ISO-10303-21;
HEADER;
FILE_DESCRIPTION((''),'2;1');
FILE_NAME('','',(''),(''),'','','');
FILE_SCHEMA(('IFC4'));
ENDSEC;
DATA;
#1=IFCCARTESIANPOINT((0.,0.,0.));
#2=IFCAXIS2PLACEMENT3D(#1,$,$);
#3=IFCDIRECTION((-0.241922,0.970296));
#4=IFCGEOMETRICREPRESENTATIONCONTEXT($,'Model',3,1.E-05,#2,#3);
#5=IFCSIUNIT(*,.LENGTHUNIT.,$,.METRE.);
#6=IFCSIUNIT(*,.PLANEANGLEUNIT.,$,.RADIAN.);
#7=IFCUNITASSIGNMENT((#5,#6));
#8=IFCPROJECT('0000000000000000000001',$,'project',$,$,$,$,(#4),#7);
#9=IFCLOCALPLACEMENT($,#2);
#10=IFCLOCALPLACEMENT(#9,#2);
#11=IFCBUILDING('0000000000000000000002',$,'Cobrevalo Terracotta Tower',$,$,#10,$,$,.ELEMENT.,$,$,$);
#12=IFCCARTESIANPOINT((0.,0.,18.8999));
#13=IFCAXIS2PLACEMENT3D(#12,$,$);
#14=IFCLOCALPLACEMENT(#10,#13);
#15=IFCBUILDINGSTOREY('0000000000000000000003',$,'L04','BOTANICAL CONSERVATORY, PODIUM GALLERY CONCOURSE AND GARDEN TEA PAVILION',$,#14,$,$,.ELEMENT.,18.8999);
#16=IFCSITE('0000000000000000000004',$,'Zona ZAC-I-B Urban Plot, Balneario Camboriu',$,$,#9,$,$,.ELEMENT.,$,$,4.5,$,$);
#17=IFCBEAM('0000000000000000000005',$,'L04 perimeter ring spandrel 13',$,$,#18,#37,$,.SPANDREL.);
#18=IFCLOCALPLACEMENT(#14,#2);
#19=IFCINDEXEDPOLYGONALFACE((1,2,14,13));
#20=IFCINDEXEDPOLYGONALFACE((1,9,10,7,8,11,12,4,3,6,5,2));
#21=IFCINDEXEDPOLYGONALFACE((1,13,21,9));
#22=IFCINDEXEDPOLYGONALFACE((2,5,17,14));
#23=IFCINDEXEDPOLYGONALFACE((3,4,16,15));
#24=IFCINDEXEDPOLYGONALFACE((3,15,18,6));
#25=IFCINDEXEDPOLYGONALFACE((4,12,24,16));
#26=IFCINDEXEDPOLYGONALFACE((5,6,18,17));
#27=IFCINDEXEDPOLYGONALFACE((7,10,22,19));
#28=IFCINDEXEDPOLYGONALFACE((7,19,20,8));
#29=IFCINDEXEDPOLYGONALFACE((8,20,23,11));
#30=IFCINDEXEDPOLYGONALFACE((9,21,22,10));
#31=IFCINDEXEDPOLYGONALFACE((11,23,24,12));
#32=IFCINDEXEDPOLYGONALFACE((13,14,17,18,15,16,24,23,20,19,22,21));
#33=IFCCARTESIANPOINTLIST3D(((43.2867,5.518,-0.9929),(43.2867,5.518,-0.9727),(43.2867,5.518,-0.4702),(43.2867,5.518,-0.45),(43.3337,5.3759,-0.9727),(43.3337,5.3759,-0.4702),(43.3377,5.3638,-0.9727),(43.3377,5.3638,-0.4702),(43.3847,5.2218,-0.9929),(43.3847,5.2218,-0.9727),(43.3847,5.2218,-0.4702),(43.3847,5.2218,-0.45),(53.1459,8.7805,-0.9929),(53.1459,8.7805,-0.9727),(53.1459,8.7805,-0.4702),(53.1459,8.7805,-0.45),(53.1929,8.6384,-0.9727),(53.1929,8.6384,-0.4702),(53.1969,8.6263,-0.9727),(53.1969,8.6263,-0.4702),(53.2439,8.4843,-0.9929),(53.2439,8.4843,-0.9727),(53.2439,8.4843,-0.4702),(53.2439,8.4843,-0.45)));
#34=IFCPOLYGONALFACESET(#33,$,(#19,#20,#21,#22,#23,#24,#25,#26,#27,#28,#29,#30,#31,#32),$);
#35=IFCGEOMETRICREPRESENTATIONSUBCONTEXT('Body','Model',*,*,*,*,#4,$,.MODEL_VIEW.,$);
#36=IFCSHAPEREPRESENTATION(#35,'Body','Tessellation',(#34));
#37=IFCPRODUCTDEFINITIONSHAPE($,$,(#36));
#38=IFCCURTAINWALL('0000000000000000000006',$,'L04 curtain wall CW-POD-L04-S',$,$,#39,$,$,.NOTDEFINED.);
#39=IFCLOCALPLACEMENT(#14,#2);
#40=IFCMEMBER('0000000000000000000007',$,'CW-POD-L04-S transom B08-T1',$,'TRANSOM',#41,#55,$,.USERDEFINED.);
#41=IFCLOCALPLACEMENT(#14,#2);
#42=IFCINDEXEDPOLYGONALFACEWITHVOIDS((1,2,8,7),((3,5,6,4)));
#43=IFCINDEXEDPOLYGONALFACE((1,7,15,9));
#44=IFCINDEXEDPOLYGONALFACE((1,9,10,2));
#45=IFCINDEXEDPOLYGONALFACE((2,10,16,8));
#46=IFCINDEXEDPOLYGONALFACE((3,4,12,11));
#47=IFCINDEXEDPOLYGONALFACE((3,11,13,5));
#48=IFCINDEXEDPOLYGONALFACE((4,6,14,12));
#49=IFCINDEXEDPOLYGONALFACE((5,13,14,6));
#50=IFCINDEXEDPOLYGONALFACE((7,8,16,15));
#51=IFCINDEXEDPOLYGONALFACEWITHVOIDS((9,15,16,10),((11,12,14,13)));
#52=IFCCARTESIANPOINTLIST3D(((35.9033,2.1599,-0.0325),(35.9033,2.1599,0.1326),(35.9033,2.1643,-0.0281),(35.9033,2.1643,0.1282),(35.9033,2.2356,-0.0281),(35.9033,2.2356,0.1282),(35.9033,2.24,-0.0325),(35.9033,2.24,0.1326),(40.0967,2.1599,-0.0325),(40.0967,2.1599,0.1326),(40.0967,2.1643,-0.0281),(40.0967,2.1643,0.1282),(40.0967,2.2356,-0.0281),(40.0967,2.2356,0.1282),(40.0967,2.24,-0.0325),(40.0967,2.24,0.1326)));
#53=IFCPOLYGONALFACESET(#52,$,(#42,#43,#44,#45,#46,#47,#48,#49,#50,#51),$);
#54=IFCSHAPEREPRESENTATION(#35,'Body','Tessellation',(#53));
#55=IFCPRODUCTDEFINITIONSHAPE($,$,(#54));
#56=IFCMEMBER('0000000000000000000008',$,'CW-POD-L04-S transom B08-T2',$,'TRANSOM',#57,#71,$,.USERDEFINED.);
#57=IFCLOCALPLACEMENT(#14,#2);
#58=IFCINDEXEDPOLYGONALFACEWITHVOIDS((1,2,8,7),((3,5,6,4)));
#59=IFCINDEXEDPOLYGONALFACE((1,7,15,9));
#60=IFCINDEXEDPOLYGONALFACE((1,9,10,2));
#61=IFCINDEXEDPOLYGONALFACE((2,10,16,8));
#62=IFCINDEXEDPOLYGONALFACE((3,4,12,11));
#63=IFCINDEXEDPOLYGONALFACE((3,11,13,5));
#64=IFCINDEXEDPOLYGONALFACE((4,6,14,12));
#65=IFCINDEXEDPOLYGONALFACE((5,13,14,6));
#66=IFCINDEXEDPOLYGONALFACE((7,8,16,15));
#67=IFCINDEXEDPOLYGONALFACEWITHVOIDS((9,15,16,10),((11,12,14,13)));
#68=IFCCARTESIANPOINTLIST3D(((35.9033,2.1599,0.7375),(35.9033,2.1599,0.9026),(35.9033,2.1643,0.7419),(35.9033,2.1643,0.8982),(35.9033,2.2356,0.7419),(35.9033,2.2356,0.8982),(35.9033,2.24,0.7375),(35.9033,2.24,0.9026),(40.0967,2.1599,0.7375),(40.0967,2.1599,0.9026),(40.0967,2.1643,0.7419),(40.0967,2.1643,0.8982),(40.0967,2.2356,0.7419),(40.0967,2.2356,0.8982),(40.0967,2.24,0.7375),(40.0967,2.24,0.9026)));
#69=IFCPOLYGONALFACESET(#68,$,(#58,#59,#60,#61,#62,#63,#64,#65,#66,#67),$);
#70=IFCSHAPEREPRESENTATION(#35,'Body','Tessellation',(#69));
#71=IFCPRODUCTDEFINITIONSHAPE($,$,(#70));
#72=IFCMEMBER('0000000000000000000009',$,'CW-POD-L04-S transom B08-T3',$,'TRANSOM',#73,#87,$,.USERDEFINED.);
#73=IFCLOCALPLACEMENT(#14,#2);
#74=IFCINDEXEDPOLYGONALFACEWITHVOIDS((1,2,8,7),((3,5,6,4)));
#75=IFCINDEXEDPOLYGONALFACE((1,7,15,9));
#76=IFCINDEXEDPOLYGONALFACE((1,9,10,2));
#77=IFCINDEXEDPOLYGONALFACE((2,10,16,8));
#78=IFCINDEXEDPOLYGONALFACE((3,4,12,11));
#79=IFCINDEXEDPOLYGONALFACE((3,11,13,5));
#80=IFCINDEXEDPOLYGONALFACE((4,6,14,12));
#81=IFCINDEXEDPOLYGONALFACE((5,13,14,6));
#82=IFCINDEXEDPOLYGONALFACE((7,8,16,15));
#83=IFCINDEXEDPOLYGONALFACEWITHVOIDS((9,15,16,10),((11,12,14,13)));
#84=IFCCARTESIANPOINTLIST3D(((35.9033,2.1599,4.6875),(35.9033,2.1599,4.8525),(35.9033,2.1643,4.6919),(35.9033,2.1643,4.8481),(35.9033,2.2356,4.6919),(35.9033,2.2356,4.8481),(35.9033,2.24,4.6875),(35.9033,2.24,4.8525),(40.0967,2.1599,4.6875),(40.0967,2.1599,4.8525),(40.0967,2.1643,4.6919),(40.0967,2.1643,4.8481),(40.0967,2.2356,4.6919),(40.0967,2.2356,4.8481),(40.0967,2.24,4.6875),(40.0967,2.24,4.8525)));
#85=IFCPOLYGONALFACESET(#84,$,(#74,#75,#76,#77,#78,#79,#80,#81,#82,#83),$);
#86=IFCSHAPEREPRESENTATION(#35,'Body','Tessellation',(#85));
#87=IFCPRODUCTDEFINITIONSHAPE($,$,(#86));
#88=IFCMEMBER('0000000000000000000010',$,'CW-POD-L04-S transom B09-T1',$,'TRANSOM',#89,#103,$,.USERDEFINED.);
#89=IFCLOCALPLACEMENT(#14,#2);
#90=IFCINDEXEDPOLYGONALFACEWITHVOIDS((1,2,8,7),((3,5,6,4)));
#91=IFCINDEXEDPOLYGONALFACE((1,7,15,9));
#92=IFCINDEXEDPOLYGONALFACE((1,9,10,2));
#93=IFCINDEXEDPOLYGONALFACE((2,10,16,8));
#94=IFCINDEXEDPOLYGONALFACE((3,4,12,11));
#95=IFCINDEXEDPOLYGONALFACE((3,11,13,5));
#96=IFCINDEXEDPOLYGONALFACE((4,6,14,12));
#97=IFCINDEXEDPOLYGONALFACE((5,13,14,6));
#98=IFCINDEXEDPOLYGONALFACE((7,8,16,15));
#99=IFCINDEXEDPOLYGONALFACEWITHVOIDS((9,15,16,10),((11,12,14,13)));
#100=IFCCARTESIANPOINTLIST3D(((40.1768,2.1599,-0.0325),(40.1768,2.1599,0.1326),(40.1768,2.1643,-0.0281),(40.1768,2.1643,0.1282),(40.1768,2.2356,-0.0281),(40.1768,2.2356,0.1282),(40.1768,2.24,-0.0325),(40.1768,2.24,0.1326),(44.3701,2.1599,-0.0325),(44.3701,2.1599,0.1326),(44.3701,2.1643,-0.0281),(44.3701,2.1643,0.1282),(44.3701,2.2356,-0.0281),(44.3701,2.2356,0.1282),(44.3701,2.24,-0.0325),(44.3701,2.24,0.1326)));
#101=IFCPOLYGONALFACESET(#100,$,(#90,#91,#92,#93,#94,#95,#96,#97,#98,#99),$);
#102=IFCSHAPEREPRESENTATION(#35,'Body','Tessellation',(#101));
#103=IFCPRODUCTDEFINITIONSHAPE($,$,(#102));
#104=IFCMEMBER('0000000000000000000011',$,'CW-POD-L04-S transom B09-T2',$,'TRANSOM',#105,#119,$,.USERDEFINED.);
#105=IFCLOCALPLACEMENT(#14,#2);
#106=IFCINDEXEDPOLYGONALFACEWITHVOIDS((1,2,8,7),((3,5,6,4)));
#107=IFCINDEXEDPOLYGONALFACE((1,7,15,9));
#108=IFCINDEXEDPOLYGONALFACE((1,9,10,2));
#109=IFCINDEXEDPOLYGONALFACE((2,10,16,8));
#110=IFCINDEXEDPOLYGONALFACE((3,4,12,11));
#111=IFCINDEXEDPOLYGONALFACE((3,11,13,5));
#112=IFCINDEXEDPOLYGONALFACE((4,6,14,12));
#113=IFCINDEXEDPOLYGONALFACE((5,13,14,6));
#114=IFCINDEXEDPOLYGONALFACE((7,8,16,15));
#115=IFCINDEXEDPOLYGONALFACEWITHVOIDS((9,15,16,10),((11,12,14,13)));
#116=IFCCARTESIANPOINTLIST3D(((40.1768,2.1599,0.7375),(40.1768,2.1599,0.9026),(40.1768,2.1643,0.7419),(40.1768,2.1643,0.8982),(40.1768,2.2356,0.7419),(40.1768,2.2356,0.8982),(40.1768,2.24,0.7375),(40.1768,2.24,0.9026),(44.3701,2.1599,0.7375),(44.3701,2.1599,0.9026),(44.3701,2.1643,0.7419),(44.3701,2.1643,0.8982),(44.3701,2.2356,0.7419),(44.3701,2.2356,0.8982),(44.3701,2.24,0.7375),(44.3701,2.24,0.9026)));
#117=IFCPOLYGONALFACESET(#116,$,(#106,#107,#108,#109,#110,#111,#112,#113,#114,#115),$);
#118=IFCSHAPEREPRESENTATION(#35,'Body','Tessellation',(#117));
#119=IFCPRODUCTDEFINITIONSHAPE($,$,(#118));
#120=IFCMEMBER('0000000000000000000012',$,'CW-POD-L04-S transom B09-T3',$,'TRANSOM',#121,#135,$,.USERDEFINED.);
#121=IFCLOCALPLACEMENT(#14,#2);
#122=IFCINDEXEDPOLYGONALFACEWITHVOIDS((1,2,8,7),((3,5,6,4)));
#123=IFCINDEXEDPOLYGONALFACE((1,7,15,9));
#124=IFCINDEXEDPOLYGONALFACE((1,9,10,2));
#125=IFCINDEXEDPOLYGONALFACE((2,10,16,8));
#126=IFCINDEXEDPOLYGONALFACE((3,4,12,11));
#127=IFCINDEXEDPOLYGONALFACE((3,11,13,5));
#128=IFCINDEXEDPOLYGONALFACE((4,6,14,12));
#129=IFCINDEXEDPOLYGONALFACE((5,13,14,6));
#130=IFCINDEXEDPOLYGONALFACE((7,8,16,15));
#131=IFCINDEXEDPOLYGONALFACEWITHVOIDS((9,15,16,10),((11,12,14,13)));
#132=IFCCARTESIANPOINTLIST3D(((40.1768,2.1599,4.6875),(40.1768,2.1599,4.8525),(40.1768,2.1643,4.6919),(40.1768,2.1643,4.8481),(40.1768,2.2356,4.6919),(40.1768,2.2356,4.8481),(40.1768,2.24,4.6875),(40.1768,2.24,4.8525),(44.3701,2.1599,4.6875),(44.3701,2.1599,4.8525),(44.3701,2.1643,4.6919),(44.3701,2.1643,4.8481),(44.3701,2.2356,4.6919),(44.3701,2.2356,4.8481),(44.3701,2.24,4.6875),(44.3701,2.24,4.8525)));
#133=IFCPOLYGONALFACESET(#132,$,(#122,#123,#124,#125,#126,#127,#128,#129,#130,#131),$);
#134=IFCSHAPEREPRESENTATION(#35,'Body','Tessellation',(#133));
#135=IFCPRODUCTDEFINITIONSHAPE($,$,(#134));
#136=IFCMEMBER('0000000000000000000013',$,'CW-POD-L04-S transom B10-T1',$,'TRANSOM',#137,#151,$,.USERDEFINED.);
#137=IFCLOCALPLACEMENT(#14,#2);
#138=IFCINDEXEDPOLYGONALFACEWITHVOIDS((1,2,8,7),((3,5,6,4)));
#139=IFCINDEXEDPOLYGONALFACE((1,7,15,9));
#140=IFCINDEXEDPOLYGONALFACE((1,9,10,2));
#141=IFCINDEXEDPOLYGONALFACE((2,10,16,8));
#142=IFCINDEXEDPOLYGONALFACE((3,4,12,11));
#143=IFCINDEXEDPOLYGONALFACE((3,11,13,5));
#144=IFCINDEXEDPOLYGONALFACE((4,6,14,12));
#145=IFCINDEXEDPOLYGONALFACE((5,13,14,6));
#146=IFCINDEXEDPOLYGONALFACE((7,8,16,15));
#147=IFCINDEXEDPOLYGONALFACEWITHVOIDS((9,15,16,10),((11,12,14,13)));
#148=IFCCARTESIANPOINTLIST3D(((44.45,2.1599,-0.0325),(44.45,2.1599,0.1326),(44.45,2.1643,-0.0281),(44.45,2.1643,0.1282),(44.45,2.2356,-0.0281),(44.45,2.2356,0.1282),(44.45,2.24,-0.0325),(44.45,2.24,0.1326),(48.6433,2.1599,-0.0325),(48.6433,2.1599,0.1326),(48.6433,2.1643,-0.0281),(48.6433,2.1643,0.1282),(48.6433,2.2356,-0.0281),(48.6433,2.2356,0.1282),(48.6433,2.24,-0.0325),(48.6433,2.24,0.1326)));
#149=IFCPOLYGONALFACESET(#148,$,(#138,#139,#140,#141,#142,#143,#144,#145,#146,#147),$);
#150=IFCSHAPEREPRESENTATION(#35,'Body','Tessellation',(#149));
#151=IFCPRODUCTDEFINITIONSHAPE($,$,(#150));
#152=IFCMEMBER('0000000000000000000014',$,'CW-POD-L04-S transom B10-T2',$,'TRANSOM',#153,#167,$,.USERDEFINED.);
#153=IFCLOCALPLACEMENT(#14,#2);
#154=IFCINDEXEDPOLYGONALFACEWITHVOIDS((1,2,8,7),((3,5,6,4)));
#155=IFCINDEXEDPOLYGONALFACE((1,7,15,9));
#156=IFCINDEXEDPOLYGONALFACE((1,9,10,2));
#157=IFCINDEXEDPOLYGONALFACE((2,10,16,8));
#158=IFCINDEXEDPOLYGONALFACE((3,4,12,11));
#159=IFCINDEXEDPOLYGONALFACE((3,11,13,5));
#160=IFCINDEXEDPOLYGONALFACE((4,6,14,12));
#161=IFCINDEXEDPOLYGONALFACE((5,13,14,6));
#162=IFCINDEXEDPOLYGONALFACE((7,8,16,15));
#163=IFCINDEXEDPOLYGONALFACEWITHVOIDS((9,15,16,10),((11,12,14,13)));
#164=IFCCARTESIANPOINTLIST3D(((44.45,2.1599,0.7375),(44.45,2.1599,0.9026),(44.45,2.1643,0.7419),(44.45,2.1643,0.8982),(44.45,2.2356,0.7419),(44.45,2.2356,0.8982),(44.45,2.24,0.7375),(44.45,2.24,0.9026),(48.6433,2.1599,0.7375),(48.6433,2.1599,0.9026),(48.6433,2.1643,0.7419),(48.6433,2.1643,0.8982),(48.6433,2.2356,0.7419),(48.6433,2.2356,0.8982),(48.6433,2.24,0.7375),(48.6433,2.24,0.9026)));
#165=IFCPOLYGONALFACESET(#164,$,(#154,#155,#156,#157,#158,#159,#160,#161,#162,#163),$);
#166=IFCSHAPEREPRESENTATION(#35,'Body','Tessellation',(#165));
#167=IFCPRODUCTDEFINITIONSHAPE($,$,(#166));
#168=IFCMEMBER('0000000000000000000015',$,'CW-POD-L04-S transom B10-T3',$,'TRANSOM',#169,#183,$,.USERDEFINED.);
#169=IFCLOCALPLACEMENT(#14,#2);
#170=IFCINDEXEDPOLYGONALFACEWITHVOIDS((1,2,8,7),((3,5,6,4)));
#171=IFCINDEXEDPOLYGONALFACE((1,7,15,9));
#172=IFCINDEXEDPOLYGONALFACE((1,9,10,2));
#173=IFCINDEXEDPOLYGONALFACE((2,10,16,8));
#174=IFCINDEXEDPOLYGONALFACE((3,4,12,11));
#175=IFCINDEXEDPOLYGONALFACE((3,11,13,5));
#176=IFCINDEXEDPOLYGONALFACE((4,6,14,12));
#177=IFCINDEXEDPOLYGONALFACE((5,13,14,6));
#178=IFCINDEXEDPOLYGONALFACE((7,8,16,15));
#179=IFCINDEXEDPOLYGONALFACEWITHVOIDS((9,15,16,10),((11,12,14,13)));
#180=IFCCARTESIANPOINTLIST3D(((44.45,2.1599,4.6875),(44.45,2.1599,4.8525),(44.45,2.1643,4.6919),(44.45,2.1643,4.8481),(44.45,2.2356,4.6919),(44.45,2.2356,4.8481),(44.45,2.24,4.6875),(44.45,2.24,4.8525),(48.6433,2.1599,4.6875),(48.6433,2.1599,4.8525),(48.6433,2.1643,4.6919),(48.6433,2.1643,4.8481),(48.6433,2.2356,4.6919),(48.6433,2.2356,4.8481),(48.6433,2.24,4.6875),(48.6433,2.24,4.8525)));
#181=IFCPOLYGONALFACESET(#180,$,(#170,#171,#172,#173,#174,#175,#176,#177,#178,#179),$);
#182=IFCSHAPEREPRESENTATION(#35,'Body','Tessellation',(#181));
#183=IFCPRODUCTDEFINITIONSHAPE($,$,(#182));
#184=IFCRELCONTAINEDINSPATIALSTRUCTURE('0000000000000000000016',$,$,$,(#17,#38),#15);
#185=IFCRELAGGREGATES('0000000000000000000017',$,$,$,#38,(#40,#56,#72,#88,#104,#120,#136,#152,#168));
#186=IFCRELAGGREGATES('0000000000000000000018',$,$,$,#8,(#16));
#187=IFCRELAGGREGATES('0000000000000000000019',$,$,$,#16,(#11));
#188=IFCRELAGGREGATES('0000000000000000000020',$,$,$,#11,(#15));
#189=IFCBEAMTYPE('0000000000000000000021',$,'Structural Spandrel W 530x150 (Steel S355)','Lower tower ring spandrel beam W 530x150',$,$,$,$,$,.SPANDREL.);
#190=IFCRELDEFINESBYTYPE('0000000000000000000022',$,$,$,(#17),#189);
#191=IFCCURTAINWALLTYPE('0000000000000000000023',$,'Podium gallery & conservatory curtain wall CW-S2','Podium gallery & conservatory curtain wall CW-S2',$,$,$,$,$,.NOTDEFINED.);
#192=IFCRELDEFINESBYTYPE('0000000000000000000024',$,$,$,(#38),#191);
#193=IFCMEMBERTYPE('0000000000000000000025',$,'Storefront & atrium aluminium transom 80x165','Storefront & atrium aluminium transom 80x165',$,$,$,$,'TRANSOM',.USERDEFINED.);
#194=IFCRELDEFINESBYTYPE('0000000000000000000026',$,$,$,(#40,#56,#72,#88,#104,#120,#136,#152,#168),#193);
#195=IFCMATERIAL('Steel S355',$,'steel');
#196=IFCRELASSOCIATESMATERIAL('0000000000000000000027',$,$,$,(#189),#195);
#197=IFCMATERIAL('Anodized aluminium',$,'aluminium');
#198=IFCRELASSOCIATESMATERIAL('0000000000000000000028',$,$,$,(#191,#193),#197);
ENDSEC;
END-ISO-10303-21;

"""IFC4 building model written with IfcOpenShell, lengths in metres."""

from ifc_helpers import new_model, si_unit, direction, frame, origin, origin_2d, place, context, subcontext, project, spatial, hollow_rectangle, i_section, extrude, source, transform, mapped, material, material_profile, profile_set, type_object, element, aggregate, save


model = new_model("IFC4")

# Units and contexts
model_context = context("Model", 3, precision=1e-05, world=origin(), true_north=direction((-0.241922, 0.970296)))
body_context = subcontext(model_context, "Body", "Model", "MODEL_VIEW")
ifc_project = project(units=[si_unit("LENGTHUNIT", "METRE"), si_unit("PLANEANGLEUNIT", "RADIAN")], contexts=[model_context])

# Site, building, storey
site_placement = place(None, origin())
site = spatial("IfcSite", under=ifc_project, at=site_placement, Name="Zona ZAC-I-B Urban Plot, Balneario Camboriu", CompositionType="ELEMENT", RefElevation=4.5)
building_placement = place(site_placement, origin())
building = spatial("IfcBuilding", under=site, at=building_placement, Name="Cobrevalo Terracotta Tower", CompositionType="ELEMENT")
storey_placement = place(building_placement, frame((0.0, 0.0, 18.8999)))
storey = spatial("IfcBuildingStorey", under=building, at=storey_placement, Name="L04", Description="BOTANICAL CONSERVATORY, PODIUM GALLERY CONCOURSE AND GARDEN TEA PAVILION", CompositionType="ELEMENT", Elevation=18.8999)

# Shared definitions
ifc_material_1 = material(Name="Steel S355", Category="steel")

# Beam
ifc_material_profile_1 = material_profile(ifc_material_1, i_section(OverallWidth=0.312, OverallDepth=0.543, WebThickness=0.0127, FlangeThickness=0.0203, at=origin_2d()), Name="W 530x150")
ifc_profile_set_1 = profile_set([ifc_material_profile_1], Name="Steel S355")
beam_type_1 = type_object("IfcBeamType", Name="Structural Spandrel W 530x150 (Steel S355)", Description="Lower tower ring spandrel beam W 530x150", PredefinedType="SPANDREL", material=ifc_profile_set_1)
beam_1_placement = place(storey_placement, frame((43.3357, 5.3699, -0.7214), z_axis=(0.949372, 0.314153, 0.0), x_axis=(-0.314153, 0.949372, 0.0)))
element("IfcBeam", 1, at=beam_1_placement, inside=storey, type_object=beam_type_1, Name="L04 perimeter ring spandrel 13", PredefinedType="SPANDREL", context=body_context, shape_type="SweptSolid", body=[
    extrude(i_section(OverallWidth=0.312, OverallDepth=0.543, WebThickness=0.0127, FlangeThickness=0.0203, at=origin_2d()), origin(), (0.0, 0.0, 1.0), 10.385),
])

# Curtain wall, members
ifc_material_2 = material(Name="Anodized aluminium", Category="aluminium")
curtain_wall_type = type_object("IfcCurtainWallType", Name="Podium gallery & conservatory curtain wall CW-S2", Description="Podium gallery & conservatory curtain wall CW-S2", PredefinedType="NOTDEFINED", material=ifc_material_2)
curtain_wall_placement = place(storey_placement, origin())
curtain_wall = element("IfcCurtainWall", 2, at=curtain_wall_placement, inside=storey, type_object=curtain_wall_type, Name="L04 curtain wall CW-POD-L04-S", PredefinedType="NOTDEFINED")
ifc_material_profile_2 = material_profile(ifc_material_2, hollow_rectangle(XDim=0.0801, YDim=0.165, WallThickness=0.0044, at=origin_2d()), Name="CWT 80x165")
ifc_profile_set_2 = profile_set([ifc_material_profile_2], Name="Anodized aluminium")
member_type_1 = type_object("IfcMemberType", Name="Storefront & atrium aluminium transom 80x165", Description="Storefront & atrium aluminium transom 80x165", ElementType="TRANSOM", PredefinedType="USERDEFINED", material=ifc_profile_set_2)
shared_shape_1 = source(origin(), body_context, "Body", "SweptSolid", [
    extrude(hollow_rectangle(XDim=0.0801, YDim=0.165, WallThickness=0.0044, at=origin_2d()), origin(), (0.0, 0.0, 1.0), 4.1934),
])
member_1_placement = place(storey_placement, frame((35.9033, 2.2, 0.05), z_axis=(1.0, 0.0, 0.0), x_axis=(0.0, 1.0, 0.0)))
member_1 = element("IfcMember", 3, at=member_1_placement, type_object=member_type_1, Name="CW-POD-L04-S transom B08-T1", ObjectType="TRANSOM", PredefinedType="USERDEFINED", context=body_context, shape_type="MappedRepresentation", body=[
    mapped(shared_shape_1, transform((0.0, 0.0, 0.0), scale=1.0)),
])
member_2_placement = place(storey_placement, frame((35.9033, 2.2, 0.8201), z_axis=(1.0, 0.0, 0.0), x_axis=(0.0, 1.0, 0.0)))
member_2 = element("IfcMember", 4, at=member_2_placement, type_object=member_type_1, Name="CW-POD-L04-S transom B08-T2", ObjectType="TRANSOM", PredefinedType="USERDEFINED", context=body_context, shape_type="MappedRepresentation", body=[
    mapped(shared_shape_1, transform((0.0, 0.0, 0.0), scale=1.0)),
])
member_3_placement = place(storey_placement, frame((35.9033, 2.2, 4.77), z_axis=(1.0, 0.0, 0.0), x_axis=(0.0, 1.0, 0.0)))
member_3 = element("IfcMember", 5, at=member_3_placement, type_object=member_type_1, Name="CW-POD-L04-S transom B08-T3", ObjectType="TRANSOM", PredefinedType="USERDEFINED", context=body_context, shape_type="MappedRepresentation", body=[
    mapped(shared_shape_1, transform((0.0, 0.0, 0.0), scale=1.0)),
])
member_4_placement = place(storey_placement, frame((40.1768, 2.2, 0.05), z_axis=(1.0, 0.0, 0.0), x_axis=(0.0, 1.0, 0.0)))
member_4 = element("IfcMember", 6, at=member_4_placement, type_object=member_type_1, Name="CW-POD-L04-S transom B09-T1", ObjectType="TRANSOM", PredefinedType="USERDEFINED", context=body_context, shape_type="MappedRepresentation", body=[
    mapped(shared_shape_1, transform((0.0, 0.0, 0.0), scale=1.0)),
])
member_5_placement = place(storey_placement, frame((40.1768, 2.2, 0.8201), z_axis=(1.0, 0.0, 0.0), x_axis=(0.0, 1.0, 0.0)))
member_5 = element("IfcMember", 7, at=member_5_placement, type_object=member_type_1, Name="CW-POD-L04-S transom B09-T2", ObjectType="TRANSOM", PredefinedType="USERDEFINED", context=body_context, shape_type="MappedRepresentation", body=[
    mapped(shared_shape_1, transform((0.0, 0.0, 0.0), scale=1.0)),
])
member_6_placement = place(storey_placement, frame((40.1768, 2.2, 4.77), z_axis=(1.0, 0.0, 0.0), x_axis=(0.0, 1.0, 0.0)))
member_6 = element("IfcMember", 8, at=member_6_placement, type_object=member_type_1, Name="CW-POD-L04-S transom B09-T3", ObjectType="TRANSOM", PredefinedType="USERDEFINED", context=body_context, shape_type="MappedRepresentation", body=[
    mapped(shared_shape_1, transform((0.0, 0.0, 0.0), scale=1.0)),
])
member_7_placement = place(storey_placement, frame((44.45, 2.2, 0.05), z_axis=(1.0, 0.0, 0.0), x_axis=(0.0, 1.0, 0.0)))
member_7 = element("IfcMember", 9, at=member_7_placement, type_object=member_type_1, Name="CW-POD-L04-S transom B10-T1", ObjectType="TRANSOM", PredefinedType="USERDEFINED", context=body_context, shape_type="MappedRepresentation", body=[
    mapped(shared_shape_1, transform((0.0, 0.0, 0.0), scale=1.0)),
])
member_8_placement = place(storey_placement, frame((44.45, 2.2, 0.8201), z_axis=(1.0, 0.0, 0.0), x_axis=(0.0, 1.0, 0.0)))
member_8 = element("IfcMember", 10, at=member_8_placement, type_object=member_type_1, Name="CW-POD-L04-S transom B10-T2", ObjectType="TRANSOM", PredefinedType="USERDEFINED", context=body_context, shape_type="MappedRepresentation", body=[
    mapped(shared_shape_1, transform((0.0, 0.0, 0.0), scale=1.0)),
])
member_9_placement = place(storey_placement, frame((44.45, 2.2, 4.77), z_axis=(1.0, 0.0, 0.0), x_axis=(0.0, 1.0, 0.0)))
member_9 = element("IfcMember", 11, at=member_9_placement, type_object=member_type_1, Name="CW-POD-L04-S transom B10-T3", ObjectType="TRANSOM", PredefinedType="USERDEFINED", context=body_context, shape_type="MappedRepresentation", body=[
    mapped(shared_shape_1, transform((0.0, 0.0, 0.0), scale=1.0)),
])
aggregate(curtain_wall, [member_1, member_2, member_3, member_4, member_5, member_6, member_7, member_8, member_9])

save(model, "model.ifc")
